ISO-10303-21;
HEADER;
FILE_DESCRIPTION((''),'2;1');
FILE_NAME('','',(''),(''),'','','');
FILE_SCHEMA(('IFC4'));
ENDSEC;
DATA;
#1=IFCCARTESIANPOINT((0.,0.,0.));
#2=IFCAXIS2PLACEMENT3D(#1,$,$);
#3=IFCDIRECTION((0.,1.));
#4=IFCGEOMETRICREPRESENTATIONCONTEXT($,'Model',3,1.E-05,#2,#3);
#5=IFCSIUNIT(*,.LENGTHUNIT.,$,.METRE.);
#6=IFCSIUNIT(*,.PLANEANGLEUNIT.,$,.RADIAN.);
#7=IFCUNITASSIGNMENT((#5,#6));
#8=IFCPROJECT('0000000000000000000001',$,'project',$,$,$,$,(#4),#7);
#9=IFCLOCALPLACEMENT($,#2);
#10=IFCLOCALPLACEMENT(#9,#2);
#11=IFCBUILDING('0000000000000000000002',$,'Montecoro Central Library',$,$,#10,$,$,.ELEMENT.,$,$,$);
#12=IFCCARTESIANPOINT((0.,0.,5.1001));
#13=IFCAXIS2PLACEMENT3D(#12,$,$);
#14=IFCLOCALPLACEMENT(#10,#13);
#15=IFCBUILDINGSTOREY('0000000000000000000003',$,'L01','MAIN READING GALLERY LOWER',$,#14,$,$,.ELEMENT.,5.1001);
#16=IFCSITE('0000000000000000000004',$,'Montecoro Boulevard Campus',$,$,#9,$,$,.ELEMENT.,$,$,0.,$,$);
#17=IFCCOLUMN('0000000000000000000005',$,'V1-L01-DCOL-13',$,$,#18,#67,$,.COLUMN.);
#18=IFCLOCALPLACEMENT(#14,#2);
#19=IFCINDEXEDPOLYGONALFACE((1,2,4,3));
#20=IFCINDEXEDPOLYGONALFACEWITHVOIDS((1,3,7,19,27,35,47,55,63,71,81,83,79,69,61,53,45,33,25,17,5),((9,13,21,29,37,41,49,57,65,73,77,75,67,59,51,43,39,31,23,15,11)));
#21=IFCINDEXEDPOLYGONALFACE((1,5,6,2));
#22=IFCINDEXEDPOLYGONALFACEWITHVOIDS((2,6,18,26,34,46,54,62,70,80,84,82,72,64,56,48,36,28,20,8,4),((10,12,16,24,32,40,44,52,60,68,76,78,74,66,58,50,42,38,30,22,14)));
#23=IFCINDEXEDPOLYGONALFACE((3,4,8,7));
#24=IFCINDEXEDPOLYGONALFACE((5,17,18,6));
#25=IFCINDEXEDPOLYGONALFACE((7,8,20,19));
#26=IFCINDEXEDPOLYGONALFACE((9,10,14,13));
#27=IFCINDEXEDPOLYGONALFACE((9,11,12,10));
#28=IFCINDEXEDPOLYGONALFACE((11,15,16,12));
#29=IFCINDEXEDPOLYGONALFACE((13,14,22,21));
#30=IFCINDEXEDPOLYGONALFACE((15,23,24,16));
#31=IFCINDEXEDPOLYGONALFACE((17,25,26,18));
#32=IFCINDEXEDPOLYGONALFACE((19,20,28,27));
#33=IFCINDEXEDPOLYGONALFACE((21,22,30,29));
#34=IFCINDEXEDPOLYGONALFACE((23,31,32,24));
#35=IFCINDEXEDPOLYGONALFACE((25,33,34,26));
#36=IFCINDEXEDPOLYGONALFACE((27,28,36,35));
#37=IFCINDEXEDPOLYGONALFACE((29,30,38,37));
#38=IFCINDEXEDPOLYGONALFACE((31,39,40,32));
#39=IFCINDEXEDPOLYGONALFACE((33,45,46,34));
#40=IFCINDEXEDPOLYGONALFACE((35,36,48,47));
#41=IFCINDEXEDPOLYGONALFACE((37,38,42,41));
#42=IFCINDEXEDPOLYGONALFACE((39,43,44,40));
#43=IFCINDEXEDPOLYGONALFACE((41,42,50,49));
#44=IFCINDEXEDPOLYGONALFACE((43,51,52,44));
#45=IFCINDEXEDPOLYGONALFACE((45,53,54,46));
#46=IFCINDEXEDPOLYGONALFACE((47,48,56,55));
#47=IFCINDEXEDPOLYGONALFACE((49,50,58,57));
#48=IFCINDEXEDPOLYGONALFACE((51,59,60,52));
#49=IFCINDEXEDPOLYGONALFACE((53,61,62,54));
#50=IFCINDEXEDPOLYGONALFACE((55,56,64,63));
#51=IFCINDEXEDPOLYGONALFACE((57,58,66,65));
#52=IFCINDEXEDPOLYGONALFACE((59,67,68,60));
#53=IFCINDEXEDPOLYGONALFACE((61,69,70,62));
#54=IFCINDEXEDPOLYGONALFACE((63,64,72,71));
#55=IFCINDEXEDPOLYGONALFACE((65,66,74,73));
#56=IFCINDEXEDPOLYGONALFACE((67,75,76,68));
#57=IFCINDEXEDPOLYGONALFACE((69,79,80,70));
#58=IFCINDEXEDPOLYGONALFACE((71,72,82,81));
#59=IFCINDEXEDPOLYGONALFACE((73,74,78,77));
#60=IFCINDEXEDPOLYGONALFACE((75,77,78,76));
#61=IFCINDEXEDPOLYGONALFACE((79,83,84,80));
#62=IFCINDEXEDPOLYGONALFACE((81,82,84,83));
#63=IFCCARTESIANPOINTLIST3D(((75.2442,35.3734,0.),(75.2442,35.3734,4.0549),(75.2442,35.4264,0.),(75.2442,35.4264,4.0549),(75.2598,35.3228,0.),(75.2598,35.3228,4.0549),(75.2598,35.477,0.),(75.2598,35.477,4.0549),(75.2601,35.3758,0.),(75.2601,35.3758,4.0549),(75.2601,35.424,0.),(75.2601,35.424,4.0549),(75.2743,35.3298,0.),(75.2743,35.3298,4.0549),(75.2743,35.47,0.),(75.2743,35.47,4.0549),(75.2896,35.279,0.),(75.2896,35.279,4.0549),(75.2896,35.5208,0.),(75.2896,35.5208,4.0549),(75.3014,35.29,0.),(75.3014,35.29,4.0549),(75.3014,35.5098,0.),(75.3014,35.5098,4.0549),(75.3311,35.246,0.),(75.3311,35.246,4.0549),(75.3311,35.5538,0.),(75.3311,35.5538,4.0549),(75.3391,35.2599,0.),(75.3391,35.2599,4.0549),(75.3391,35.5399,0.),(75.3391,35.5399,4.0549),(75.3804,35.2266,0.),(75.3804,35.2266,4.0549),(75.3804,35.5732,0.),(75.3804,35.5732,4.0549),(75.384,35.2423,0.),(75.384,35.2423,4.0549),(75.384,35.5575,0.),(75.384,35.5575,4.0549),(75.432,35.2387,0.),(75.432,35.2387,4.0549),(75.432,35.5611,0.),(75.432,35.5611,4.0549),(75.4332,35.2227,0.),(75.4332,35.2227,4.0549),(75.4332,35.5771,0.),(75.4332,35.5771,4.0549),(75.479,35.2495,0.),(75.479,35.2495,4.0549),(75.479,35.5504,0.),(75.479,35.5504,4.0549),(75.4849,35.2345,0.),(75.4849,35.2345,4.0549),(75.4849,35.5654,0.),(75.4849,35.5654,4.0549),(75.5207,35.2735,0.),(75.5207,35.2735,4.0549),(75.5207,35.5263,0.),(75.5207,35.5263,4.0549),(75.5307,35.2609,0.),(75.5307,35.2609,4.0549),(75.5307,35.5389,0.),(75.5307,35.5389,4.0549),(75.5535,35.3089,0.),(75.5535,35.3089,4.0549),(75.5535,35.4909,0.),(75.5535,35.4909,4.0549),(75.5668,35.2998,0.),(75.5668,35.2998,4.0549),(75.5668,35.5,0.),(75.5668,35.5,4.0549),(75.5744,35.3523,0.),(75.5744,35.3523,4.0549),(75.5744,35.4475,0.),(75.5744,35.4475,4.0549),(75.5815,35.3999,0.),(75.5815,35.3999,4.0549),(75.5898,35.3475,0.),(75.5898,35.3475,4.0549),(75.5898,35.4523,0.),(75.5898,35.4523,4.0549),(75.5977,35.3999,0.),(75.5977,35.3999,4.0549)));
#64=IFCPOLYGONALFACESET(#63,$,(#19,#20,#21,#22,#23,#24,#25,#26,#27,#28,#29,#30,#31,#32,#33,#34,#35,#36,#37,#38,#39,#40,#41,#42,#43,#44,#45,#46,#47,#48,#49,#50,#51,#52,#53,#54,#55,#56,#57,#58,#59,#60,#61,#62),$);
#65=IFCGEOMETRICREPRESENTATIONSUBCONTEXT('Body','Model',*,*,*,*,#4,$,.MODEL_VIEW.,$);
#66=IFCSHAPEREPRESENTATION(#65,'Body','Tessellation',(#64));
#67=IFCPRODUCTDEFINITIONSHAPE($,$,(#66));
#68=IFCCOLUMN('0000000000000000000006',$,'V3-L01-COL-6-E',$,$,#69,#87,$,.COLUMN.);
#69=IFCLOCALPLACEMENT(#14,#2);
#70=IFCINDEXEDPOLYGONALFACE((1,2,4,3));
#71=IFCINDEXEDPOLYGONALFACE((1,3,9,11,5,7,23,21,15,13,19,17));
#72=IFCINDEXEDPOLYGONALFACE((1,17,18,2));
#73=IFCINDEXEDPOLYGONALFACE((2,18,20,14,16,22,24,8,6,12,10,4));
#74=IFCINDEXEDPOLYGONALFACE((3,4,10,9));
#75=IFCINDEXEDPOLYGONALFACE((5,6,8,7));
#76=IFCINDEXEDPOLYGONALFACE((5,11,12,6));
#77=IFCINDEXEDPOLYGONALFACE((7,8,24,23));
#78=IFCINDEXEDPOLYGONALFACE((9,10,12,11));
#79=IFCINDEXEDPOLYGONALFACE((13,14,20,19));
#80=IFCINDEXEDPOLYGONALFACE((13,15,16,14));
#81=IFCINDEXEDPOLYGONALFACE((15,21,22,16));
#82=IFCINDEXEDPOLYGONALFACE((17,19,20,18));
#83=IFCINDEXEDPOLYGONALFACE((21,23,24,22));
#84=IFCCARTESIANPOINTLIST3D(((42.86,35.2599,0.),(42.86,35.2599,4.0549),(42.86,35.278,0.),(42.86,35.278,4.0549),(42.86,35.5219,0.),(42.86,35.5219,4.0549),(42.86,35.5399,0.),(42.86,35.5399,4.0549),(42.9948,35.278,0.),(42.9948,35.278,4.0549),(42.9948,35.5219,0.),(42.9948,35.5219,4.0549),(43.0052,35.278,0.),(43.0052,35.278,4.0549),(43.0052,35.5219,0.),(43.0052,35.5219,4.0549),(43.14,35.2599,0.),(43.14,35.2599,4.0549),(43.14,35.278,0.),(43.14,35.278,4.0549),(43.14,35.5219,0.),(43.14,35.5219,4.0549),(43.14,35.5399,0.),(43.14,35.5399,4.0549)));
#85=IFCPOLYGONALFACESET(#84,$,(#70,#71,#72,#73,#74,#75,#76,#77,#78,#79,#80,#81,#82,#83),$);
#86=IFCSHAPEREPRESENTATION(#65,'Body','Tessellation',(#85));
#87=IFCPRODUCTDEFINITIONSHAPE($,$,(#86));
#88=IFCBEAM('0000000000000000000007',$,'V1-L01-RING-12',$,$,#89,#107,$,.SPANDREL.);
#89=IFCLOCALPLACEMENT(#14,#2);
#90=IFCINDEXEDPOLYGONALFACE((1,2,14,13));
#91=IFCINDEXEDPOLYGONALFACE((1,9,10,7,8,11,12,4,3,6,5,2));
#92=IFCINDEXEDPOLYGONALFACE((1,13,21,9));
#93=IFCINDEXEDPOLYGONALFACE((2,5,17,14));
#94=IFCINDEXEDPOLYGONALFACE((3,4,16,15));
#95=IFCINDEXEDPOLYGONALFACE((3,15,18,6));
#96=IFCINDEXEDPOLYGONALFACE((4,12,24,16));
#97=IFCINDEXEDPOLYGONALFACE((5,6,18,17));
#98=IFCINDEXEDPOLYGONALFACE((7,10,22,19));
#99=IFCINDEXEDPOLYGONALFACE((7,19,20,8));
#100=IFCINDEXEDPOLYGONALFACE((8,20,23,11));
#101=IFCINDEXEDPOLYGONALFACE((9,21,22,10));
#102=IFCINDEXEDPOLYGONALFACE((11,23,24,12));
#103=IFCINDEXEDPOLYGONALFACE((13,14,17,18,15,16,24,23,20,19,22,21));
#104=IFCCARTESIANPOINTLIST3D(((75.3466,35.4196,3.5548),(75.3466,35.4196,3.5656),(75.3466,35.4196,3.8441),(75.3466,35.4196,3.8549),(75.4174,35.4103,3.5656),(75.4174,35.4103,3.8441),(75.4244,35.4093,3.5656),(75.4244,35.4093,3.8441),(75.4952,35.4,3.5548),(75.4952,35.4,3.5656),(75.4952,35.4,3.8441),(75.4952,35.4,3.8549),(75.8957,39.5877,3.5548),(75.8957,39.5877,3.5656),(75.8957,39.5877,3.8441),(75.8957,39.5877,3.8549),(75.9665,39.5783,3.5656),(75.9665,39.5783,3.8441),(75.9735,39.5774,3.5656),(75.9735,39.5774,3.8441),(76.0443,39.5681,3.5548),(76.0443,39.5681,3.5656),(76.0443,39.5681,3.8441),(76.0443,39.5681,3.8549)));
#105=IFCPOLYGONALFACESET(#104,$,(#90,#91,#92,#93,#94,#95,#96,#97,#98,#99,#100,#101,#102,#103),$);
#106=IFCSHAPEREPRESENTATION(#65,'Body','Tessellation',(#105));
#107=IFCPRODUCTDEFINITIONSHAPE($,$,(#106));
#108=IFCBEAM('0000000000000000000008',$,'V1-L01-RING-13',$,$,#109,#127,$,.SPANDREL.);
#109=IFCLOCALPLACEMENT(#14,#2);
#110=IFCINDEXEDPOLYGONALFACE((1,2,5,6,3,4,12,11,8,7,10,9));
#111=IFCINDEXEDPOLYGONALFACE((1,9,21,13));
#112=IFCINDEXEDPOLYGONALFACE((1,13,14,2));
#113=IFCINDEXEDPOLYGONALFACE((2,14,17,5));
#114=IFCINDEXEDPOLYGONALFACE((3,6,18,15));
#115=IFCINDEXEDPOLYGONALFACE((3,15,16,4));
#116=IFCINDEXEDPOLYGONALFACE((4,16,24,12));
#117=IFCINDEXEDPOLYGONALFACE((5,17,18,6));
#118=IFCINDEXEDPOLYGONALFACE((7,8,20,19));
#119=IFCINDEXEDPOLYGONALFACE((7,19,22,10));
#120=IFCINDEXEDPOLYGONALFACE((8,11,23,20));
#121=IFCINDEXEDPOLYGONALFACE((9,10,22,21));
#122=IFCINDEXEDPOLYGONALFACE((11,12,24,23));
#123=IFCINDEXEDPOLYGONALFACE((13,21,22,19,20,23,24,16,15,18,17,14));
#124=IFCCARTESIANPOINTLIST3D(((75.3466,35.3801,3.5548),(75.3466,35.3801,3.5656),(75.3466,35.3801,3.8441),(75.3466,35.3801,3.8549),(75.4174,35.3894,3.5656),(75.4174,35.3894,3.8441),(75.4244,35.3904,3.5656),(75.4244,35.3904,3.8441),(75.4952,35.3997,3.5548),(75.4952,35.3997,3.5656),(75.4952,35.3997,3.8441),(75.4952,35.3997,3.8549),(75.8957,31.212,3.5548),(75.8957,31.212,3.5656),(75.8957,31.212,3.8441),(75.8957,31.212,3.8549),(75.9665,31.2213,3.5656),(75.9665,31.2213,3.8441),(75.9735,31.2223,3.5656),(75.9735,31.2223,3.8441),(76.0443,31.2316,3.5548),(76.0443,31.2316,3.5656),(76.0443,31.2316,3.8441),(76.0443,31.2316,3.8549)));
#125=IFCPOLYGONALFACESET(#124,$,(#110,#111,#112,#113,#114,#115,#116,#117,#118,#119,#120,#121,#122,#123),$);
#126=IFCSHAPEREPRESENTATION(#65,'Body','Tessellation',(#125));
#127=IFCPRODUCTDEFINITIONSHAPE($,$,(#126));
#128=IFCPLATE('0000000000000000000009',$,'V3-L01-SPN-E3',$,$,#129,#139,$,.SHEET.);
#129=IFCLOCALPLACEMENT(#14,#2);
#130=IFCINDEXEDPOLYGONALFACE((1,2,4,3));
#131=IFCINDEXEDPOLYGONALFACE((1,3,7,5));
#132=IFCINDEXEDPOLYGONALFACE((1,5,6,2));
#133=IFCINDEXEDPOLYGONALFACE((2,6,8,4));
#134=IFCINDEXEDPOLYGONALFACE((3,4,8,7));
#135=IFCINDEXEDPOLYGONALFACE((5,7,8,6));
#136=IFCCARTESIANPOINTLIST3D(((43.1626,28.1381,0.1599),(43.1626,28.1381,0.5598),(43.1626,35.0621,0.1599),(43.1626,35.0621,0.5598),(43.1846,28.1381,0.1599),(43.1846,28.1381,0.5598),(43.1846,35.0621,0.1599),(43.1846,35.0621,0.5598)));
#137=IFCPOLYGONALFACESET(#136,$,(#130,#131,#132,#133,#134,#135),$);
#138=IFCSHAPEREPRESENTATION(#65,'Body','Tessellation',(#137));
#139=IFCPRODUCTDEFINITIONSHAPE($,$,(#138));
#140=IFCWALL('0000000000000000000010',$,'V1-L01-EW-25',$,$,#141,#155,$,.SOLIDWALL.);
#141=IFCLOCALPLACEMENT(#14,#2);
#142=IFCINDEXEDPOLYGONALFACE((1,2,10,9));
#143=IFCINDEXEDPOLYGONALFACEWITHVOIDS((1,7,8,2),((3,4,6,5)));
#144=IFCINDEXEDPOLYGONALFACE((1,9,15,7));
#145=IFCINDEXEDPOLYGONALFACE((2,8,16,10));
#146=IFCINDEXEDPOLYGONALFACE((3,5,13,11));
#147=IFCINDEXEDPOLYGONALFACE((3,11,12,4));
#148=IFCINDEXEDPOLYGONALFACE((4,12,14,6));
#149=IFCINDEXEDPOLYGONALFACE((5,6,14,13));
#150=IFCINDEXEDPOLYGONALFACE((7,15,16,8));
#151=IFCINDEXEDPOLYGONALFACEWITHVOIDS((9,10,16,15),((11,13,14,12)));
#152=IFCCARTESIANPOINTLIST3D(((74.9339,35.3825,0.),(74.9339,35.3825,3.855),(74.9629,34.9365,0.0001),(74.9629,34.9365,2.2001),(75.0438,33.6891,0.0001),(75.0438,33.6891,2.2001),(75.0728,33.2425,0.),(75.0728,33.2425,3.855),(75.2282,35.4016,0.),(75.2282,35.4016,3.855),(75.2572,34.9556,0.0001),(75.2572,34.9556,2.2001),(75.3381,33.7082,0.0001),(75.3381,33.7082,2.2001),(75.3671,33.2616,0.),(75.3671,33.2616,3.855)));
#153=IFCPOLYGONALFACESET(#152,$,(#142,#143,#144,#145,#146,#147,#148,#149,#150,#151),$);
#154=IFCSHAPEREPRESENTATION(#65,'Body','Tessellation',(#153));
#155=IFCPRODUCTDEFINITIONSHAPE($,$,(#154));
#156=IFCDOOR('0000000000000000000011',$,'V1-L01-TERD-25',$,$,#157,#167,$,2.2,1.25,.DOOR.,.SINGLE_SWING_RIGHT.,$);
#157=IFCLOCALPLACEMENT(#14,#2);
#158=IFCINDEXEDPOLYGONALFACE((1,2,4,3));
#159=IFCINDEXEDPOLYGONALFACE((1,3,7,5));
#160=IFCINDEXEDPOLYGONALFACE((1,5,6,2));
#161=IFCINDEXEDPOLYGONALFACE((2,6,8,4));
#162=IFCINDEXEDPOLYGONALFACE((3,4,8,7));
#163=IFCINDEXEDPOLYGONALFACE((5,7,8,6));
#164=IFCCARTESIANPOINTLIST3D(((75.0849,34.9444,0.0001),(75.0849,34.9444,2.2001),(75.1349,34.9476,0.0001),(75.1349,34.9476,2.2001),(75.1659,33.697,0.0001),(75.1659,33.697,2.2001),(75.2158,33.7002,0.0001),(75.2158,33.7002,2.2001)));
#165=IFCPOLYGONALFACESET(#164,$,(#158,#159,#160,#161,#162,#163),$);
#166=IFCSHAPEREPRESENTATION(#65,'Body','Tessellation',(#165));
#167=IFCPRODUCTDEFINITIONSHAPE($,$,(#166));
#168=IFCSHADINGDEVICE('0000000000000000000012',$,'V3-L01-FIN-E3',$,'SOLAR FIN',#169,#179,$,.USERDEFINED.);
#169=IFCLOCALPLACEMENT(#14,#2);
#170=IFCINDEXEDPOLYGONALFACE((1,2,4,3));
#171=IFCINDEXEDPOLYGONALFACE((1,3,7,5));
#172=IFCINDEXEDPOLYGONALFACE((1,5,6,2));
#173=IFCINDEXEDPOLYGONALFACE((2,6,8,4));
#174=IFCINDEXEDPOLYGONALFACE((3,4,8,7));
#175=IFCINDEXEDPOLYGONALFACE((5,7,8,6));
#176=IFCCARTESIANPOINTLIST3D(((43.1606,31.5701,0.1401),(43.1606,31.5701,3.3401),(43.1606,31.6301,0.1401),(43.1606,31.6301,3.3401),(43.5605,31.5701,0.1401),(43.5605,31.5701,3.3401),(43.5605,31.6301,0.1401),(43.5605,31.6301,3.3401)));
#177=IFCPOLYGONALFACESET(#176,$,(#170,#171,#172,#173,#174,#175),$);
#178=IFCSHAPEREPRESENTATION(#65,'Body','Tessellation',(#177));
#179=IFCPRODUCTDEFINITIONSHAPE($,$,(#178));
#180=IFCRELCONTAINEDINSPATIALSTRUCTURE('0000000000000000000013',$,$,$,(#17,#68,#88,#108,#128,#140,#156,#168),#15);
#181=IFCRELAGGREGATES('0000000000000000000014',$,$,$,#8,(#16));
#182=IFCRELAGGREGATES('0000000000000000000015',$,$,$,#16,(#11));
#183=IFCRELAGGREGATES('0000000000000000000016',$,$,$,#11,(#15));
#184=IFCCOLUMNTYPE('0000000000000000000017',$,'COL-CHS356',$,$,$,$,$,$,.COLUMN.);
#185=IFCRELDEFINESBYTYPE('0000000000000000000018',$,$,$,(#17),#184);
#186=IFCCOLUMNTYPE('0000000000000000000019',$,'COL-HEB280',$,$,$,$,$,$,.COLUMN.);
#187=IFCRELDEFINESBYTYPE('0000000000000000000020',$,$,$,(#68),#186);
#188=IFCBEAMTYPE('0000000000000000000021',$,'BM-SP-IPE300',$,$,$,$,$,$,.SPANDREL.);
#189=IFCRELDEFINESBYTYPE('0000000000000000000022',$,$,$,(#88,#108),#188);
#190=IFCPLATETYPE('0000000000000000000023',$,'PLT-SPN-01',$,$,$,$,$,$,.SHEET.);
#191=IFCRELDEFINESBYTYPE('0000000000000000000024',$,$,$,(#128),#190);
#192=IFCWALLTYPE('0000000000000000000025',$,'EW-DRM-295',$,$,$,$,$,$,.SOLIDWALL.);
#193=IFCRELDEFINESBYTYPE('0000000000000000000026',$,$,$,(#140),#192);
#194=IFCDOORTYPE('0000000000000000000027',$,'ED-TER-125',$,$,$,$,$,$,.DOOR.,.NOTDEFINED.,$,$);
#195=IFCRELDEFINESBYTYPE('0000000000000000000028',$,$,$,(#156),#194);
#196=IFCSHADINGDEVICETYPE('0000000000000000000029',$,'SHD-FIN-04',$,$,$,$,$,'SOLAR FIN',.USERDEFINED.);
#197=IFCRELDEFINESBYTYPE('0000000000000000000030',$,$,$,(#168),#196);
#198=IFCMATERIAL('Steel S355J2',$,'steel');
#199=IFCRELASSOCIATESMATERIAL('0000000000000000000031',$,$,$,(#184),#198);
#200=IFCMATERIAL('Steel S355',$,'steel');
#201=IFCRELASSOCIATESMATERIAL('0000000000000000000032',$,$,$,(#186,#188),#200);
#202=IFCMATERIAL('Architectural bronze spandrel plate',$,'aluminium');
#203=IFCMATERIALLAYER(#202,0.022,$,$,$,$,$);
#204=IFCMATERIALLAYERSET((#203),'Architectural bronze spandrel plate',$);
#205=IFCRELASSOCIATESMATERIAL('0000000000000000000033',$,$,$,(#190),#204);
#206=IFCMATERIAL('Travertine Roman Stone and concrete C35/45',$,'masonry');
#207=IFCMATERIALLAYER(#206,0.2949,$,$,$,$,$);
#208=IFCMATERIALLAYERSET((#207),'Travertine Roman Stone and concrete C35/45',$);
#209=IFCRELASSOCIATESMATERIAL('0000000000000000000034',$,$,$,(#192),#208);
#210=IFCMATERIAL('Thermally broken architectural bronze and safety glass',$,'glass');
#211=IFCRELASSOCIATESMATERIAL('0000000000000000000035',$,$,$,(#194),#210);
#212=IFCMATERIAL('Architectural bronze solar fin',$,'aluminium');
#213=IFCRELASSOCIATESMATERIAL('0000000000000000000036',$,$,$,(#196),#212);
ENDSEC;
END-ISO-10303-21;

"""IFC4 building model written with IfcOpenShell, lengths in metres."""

from ifc_helpers import new_model, si_unit, direction, frame, frame_2d, origin, origin_2d, place, context, subcontext, project, spatial, rectangle, hollow_circle, i_section, extrude, material, layer, layer_set, material_profile, profile_set, type_object, element, fill, save


model = new_model("IFC4")

# Units and contexts
model_context = context("Model", 3, precision=1e-05, world=origin(), true_north=direction((0.0, 1.0)))
body_context = subcontext(model_context, "Body", "Model", "MODEL_VIEW")
ifc_project = project(units=[si_unit("LENGTHUNIT", "METRE"), si_unit("PLANEANGLEUNIT", "RADIAN")], contexts=[model_context])

# Site, building, storey
site_placement = place(None, origin())
site = spatial("IfcSite", under=ifc_project, at=site_placement, Name="Montecoro Boulevard Campus", CompositionType="ELEMENT", RefElevation=0.0)
building_placement = place(site_placement, origin())
building = spatial("IfcBuilding", under=site, at=building_placement, Name="Montecoro Central Library", CompositionType="ELEMENT")
storey_placement = place(building_placement, frame((0.0, 0.0, 5.1001)))
storey = spatial("IfcBuildingStorey", under=building, at=storey_placement, Name="L01", Description="MAIN READING GALLERY LOWER", CompositionType="ELEMENT", Elevation=5.1001)

# Columns
ifc_material_1 = material(Name="Steel S355J2", Category="steel")
ifc_material_profile_1 = material_profile(ifc_material_1, hollow_circle(Radius=0.1777, WallThickness=0.0161, at=origin_2d()), Name="CHS 355.6x16.0")
ifc_profile_set_1 = profile_set([ifc_material_profile_1], Name="Steel S355J2")
column_type_1 = type_object("IfcColumnType", Name="COL-CHS356", PredefinedType="COLUMN", material=ifc_profile_set_1)
column_1_placement = place(storey_placement, frame((75.4199, 35.3999, 0.0), z_axis=(0.0, 0.0, 1.0), x_axis=(1.0, 0.0, 0.0)))
element("IfcColumn", 1, at=column_1_placement, inside=storey, type_object=column_type_1, Name="V1-L01-DCOL-13", PredefinedType="COLUMN", context=body_context, shape_type="SweptSolid", body=[
    extrude(hollow_circle(Radius=0.1777, WallThickness=0.0161, at=origin_2d()), origin(), (0.0, 0.0, 1.0), 4.0549),
])
ifc_material_2 = material(Name="Steel S355", Category="steel")
ifc_material_profile_2 = material_profile(ifc_material_2, i_section(OverallWidth=0.28, OverallDepth=0.28, WebThickness=0.0105, FlangeThickness=0.0181, at=origin_2d()), Name="HEB 280")
ifc_profile_set_2 = profile_set([ifc_material_profile_2], Name="Steel S355")
column_type_2 = type_object("IfcColumnType", Name="COL-HEB280", PredefinedType="COLUMN", material=ifc_profile_set_2)
column_2_placement = place(storey_placement, frame((43.0, 35.3999, 0.0), z_axis=(0.0, 0.0, 1.0), x_axis=(1.0, 0.0, 0.0)))
element("IfcColumn", 2, at=column_2_placement, inside=storey, type_object=column_type_2, Name="V3-L01-COL-6-E", PredefinedType="COLUMN", context=body_context, shape_type="SweptSolid", body=[
    extrude(i_section(OverallWidth=0.28, OverallDepth=0.28, WebThickness=0.0105, FlangeThickness=0.0181, at=origin_2d()), origin(), (0.0, 0.0, 1.0), 4.0549),
])

# Beams
ifc_material_profile_3 = material_profile(ifc_material_2, i_section(OverallWidth=0.1499, OverallDepth=0.3, WebThickness=0.0071, FlangeThickness=0.0107, at=origin_2d()), Name="IPE 300")
ifc_profile_set_3 = profile_set([ifc_material_profile_3], Name="Steel S355")
beam_type = type_object("IfcBeamType", Name="BM-SP-IPE300", PredefinedType="SPANDREL", material=ifc_profile_set_3)
for number, where, z_axis, x_axis, name in (
    (3, (75.97, 39.5779, 3.7048), (-0.130608, -0.991434, 0.0), (0.991434, -0.130608, 0.0), "V1-L01-RING-12"),
    (4, (75.4209, 35.3899, 3.7048), (0.130608, -0.991434, 0.0), (0.991434, 0.130608, 0.0), "V1-L01-RING-13"),
):
    element("IfcBeam", number, at=place(storey_placement, frame(where, z_axis=z_axis, x_axis=x_axis)), inside=storey, type_object=beam_type, Name=name, PredefinedType="SPANDREL", context=body_context, shape_type="SweptSolid", body=[
        extrude(i_section(OverallWidth=0.1499, OverallDepth=0.3, WebThickness=0.0071, FlangeThickness=0.0107, at=origin_2d()), origin(), (0.0, 0.0, 1.0), 4.2041),
    ])

# Plate
ifc_material_3 = material(Name="Architectural bronze spandrel plate", Category="aluminium")
ifc_layer_1 = layer(ifc_material_3, 0.022)
ifc_layer_set_1 = layer_set([ifc_layer_1], Name="Architectural bronze spandrel plate")
plate_type = type_object("IfcPlateType", Name="PLT-SPN-01", PredefinedType="SHEET", material=ifc_layer_set_1)
plate_placement = place(storey_placement, frame((43.1736, 31.6001, 0.1599), z_axis=(0.0, 0.0, 1.0), x_axis=(0.0, 1.0, 0.0)))
element("IfcPlate", 5, at=plate_placement, inside=storey, type_object=plate_type, Name="V3-L01-SPN-E3", PredefinedType="SHEET", context=body_context, shape_type="SweptSolid", body=[
    extrude(rectangle(XDim=6.9241, YDim=0.022, at=origin_2d()), origin(), (0.0, 0.0, 1.0), 0.3999),
])

# Shared definitions
ifc_material_4 = material(Name="Travertine Roman Stone and concrete C35/45", Category="masonry")
ifc_layer_2 = layer(ifc_material_4, 0.2949)
ifc_layer_set_2 = layer_set([ifc_layer_2], Name="Travertine Roman Stone and concrete C35/45")
wall_type = type_object("IfcWallType", Name="EW-DRM-295", PredefinedType="SOLIDWALL", material=ifc_layer_set_2)

# Wall, opening, door
wall_1_placement = place(storey_placement, frame((75.0811, 35.3921, 0.0), z_axis=(0.0, 0.0, 1.0), x_axis=(0.064774, -0.9979, 0.0)))
wall_1 = element("IfcWall", 6, at=wall_1_placement, inside=storey, type_object=wall_type, Name="V1-L01-EW-25", PredefinedType="SOLIDWALL", context=body_context, shape_type="SweptSolid", body=[
    extrude(rectangle(XDim=2.1445, YDim=0.2949, at=frame_2d((1.0723, 0.0))), origin(), (0.0, 0.0, 1.0), 3.855),
])
opening_1_placement = place(wall_1_placement, frame((0.447, 0.0, 0.0)))
opening_1 = element("IfcOpeningElement", 7, at=opening_1_placement, cuts=wall_1, PredefinedType="OPENING", context=body_context, shape_type="SweptSolid", body=[
    extrude(rectangle(XDim=1.25, YDim=2.2, at=frame_2d((0.625, 1.1001))), frame((0.0, 0.1575, 0.0), z_axis=(0.0, -1.0, 0.0), x_axis=(1.0, 0.0, 0.0)), (0.0, 0.0, 1.0), 0.3149),
])
ifc_material_5 = material(Name="Thermally broken architectural bronze and safety glass", Category="glass")
door_type = type_object("IfcDoorType", Name="ED-TER-125", OperationType="NOTDEFINED", PredefinedType="DOOR", material=ifc_material_5)
door_placement = place(opening_1_placement, origin())
door = element("IfcDoor", 8, at=door_placement, inside=storey, type_object=door_type, Name="V1-L01-TERD-25", OperationType="SINGLE_SWING_RIGHT", OverallHeight=2.2, OverallWidth=1.25, PredefinedType="DOOR", context=body_context, shape_type="SweptSolid", body=[
    extrude(rectangle(XDim=1.25, YDim=2.2, at=frame_2d((0.625, 1.1001))), frame((0.0, 0.0249, 0.0), z_axis=(0.0, -1.0, 0.0), x_axis=(1.0, 0.0, 0.0)), (0.0, 0.0, 1.0), 0.05),
])
fill(opening_1, door)

# Shading device
ifc_material_6 = material(Name="Architectural bronze solar fin", Category="aluminium")
shading_device_type = type_object("IfcShadingDeviceType", Name="SHD-FIN-04", ElementType="SOLAR FIN", PredefinedType="USERDEFINED", material=ifc_material_6)
shading_device_placement = place(storey_placement, frame((43.3606, 31.6001, 0.1401), z_axis=(0.0, 0.0, 1.0), x_axis=(0.0, 1.0, 0.0)))
element("IfcShadingDevice", 9, at=shading_device_placement, inside=storey, type_object=shading_device_type, Name="V3-L01-FIN-E3", ObjectType="SOLAR FIN", PredefinedType="USERDEFINED", context=body_context, shape_type="SweptSolid", body=[
    extrude(rectangle(XDim=0.0601, YDim=0.3999, at=origin_2d()), origin(), (0.0, 0.0, 1.0), 3.2),
])

save(model, "model.ifc")
